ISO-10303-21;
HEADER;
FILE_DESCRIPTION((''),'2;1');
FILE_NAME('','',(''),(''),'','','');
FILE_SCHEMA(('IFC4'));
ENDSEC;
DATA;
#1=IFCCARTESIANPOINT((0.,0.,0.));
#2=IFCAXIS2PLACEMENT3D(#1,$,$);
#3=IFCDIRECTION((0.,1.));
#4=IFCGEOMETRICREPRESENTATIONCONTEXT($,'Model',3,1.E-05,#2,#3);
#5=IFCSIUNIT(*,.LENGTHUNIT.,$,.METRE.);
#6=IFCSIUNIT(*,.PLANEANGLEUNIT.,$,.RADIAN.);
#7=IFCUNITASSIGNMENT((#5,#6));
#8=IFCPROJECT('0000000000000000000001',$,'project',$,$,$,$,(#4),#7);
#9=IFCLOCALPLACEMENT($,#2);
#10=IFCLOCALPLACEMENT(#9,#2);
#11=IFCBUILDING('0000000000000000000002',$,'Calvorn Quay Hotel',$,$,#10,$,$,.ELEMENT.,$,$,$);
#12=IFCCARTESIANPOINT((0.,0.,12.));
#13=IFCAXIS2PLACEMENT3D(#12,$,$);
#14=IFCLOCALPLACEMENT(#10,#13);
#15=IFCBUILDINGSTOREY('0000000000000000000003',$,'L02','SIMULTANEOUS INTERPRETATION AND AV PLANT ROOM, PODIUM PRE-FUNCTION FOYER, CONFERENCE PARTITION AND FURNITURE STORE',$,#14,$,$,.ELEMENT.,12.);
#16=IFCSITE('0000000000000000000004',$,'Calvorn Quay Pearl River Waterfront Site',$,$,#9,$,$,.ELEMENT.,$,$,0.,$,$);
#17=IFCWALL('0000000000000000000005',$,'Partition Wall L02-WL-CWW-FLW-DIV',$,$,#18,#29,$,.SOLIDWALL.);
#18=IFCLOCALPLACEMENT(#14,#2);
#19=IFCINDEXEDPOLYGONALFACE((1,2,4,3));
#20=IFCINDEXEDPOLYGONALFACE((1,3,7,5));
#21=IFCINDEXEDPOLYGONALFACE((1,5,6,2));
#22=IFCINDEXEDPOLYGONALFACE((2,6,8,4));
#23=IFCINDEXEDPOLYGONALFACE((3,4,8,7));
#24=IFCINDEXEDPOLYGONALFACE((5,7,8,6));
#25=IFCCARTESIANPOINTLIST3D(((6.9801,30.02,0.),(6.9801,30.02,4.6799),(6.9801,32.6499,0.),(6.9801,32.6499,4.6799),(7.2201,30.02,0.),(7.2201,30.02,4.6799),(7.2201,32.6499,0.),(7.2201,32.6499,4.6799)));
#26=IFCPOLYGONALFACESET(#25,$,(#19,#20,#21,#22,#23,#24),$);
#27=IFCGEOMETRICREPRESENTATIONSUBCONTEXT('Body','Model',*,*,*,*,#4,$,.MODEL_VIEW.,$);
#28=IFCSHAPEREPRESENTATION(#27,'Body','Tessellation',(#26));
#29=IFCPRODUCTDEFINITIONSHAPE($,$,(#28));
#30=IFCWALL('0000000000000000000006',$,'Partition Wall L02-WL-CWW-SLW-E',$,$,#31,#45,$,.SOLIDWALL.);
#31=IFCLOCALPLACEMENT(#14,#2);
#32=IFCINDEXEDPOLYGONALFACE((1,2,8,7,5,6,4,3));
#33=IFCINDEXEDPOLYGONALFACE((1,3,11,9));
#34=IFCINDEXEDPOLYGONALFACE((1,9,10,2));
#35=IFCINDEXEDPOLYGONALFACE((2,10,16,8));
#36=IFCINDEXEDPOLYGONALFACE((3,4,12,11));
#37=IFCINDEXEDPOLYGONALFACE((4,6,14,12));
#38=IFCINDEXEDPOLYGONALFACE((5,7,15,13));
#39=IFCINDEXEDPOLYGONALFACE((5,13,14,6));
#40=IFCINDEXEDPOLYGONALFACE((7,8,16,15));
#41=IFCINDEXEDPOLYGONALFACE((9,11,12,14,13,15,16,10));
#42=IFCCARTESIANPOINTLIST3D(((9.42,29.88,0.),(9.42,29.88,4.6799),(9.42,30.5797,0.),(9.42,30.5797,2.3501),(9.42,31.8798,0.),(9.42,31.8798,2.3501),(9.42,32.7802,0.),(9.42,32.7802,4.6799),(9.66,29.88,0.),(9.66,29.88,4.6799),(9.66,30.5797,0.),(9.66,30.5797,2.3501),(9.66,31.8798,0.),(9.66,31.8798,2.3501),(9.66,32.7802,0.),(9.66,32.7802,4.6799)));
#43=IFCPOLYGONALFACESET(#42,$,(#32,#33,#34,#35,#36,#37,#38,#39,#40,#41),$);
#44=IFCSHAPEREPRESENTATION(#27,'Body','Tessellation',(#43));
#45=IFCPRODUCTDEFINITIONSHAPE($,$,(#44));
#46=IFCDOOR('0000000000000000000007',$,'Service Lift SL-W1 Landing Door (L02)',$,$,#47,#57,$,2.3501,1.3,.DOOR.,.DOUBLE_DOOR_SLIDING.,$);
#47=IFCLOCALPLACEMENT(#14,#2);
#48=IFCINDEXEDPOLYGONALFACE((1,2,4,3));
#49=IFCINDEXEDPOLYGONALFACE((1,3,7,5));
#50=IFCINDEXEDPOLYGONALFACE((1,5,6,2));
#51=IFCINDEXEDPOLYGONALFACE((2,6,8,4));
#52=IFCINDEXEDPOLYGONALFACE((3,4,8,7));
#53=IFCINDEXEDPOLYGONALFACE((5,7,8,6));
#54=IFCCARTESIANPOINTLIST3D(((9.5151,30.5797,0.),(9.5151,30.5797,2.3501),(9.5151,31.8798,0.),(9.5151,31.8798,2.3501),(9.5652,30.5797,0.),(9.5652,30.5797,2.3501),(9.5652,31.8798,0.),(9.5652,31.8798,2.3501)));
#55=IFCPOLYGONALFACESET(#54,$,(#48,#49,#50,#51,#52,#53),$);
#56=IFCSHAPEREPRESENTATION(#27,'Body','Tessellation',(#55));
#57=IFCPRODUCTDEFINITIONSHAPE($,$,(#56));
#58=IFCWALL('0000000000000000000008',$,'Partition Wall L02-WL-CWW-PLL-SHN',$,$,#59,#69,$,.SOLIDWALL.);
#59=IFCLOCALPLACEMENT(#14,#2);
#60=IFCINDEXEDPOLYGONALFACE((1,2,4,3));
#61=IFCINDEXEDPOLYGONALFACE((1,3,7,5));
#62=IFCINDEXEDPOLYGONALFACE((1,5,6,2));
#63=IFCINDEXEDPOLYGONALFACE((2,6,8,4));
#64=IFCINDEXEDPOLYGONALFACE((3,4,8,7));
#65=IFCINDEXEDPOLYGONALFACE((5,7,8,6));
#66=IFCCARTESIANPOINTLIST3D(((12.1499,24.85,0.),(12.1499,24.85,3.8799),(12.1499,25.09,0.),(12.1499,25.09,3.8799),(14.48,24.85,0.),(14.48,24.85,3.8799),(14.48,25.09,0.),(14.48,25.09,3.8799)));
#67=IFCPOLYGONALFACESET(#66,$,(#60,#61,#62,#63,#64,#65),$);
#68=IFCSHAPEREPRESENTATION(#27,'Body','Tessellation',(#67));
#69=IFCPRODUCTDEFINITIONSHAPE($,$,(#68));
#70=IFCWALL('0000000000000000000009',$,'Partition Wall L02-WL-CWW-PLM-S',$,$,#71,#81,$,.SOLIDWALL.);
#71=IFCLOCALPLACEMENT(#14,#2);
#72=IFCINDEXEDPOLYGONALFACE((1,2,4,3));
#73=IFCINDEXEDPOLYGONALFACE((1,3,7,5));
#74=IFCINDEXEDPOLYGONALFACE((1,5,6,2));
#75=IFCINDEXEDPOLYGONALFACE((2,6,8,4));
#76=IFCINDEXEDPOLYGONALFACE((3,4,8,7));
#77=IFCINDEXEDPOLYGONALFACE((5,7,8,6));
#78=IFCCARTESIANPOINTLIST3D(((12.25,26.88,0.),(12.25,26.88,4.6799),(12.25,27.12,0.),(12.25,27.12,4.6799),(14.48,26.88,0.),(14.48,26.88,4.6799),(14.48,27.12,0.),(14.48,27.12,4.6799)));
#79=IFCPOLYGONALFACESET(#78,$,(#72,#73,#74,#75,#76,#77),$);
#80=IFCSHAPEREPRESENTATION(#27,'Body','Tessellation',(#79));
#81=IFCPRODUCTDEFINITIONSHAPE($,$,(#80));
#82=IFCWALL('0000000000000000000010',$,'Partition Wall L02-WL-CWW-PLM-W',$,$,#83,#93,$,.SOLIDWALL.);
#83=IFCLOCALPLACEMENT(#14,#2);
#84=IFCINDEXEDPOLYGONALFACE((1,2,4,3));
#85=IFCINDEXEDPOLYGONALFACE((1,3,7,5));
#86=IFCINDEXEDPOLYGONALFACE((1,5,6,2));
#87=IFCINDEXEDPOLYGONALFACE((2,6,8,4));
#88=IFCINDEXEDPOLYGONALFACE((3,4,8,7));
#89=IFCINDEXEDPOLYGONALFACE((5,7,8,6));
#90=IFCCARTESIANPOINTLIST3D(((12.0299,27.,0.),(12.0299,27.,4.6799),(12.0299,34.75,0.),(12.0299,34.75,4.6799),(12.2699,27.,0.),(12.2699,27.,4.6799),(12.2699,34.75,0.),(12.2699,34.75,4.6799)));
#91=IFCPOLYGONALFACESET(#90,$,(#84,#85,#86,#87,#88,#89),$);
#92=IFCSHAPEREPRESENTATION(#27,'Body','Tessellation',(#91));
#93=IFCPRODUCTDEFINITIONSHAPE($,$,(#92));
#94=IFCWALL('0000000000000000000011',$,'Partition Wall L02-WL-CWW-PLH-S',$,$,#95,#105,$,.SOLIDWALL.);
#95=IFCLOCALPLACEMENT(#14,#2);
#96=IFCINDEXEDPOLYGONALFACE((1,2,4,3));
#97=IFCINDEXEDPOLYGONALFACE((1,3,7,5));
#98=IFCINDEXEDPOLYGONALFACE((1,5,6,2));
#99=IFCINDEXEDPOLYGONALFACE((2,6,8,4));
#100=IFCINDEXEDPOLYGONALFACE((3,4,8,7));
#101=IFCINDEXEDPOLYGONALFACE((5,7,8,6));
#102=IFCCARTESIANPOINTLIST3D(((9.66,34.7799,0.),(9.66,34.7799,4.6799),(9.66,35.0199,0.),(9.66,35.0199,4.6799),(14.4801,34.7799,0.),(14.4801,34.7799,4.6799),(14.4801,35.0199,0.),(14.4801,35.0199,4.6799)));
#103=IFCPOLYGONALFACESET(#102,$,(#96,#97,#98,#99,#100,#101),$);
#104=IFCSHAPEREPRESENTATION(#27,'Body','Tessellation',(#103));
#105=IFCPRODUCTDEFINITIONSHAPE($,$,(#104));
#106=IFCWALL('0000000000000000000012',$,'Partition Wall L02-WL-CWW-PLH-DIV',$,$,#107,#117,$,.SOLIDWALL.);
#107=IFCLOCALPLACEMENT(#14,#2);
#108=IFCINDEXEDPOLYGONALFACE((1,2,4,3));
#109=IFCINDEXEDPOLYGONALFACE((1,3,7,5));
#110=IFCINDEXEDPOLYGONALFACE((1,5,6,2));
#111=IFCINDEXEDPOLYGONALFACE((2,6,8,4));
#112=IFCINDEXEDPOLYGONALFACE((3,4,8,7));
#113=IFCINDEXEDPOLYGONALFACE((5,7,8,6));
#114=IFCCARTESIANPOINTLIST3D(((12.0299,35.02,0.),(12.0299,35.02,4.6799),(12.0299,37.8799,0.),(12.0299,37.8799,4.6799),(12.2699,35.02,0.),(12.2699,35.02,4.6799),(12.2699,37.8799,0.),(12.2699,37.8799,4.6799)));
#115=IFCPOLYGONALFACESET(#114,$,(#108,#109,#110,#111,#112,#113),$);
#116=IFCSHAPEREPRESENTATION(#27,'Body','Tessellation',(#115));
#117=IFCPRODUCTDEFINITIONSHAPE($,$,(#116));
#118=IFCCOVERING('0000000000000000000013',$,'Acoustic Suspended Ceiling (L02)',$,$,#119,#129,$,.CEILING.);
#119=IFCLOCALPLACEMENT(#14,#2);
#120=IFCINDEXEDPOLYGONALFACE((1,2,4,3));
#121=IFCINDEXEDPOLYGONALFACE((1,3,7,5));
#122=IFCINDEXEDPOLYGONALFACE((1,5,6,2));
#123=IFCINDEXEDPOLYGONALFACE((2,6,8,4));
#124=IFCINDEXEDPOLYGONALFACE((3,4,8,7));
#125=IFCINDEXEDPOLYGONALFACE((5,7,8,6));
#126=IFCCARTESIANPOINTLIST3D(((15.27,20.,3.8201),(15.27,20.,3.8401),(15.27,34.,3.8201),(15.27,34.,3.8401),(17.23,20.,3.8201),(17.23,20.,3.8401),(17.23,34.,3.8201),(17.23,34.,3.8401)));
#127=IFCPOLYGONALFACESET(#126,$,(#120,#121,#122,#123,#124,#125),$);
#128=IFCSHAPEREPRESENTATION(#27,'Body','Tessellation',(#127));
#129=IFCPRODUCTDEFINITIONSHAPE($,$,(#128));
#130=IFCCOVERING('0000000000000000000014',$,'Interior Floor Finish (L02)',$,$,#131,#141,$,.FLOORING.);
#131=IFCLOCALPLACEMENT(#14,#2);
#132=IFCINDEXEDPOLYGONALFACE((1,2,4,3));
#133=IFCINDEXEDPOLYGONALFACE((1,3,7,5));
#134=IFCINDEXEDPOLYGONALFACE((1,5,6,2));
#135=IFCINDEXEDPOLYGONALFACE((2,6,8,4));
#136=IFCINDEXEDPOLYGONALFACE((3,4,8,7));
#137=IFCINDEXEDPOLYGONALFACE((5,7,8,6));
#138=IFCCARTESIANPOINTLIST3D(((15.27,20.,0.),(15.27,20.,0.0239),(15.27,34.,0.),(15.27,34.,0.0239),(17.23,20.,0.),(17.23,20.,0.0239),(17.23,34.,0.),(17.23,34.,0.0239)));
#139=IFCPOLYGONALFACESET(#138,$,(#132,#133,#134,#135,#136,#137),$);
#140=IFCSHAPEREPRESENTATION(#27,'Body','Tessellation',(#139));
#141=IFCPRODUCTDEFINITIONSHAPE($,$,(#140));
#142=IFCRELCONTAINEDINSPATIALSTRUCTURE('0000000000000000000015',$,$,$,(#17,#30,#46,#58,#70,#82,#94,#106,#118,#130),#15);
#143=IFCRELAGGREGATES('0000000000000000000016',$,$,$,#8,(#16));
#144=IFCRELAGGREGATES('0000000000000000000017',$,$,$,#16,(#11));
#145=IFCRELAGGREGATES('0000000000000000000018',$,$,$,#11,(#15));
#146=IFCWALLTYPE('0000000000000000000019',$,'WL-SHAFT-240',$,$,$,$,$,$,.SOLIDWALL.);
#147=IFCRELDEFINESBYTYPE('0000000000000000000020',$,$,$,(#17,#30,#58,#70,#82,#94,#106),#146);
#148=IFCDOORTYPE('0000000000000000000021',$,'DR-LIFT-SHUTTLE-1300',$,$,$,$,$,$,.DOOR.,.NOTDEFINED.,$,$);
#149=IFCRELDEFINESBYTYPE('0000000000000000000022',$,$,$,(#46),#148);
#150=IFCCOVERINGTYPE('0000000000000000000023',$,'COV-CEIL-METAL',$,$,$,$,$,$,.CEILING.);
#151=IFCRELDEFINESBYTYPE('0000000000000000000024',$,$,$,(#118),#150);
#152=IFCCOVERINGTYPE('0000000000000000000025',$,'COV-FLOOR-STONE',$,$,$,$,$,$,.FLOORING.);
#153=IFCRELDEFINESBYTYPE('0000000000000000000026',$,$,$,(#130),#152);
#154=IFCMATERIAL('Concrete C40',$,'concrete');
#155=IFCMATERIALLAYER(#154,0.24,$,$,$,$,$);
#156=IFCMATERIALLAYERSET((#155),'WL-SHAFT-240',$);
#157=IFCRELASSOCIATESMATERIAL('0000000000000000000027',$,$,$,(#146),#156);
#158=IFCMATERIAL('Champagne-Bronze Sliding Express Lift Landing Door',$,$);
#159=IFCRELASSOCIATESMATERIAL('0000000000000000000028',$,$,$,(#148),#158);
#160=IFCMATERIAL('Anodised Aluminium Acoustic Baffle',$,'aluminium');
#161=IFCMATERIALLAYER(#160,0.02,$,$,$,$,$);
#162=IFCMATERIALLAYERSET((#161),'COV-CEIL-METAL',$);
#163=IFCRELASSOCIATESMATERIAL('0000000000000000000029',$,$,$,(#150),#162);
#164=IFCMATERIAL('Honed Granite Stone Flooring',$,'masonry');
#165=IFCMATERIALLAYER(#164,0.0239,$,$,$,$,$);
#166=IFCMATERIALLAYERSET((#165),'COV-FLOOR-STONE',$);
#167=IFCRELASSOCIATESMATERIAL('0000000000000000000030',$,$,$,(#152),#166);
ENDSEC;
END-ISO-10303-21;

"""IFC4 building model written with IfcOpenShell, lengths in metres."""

from ifc_helpers import new_model, si_unit, direction, frame, frame_2d, origin, origin_2d, place, context, subcontext, project, spatial, rectangle, extrude, material, layer, layer_set, type_object, element, fill, save


model = new_model("IFC4")

# Units and contexts
model_context = context("Model", 3, precision=1e-05, world=origin(), true_north=direction((0.0, 1.0)))
body_context = subcontext(model_context, "Body", "Model", "MODEL_VIEW")
ifc_project = project(units=[si_unit("LENGTHUNIT", "METRE"), si_unit("PLANEANGLEUNIT", "RADIAN")], contexts=[model_context])

# Site, building, storey
site_placement = place(None, origin())
site = spatial("IfcSite", under=ifc_project, at=site_placement, Name="Calvorn Quay Pearl River Waterfront Site", CompositionType="ELEMENT", RefElevation=0.0)
building_placement = place(site_placement, origin())
building = spatial("IfcBuilding", under=site, at=building_placement, Name="Calvorn Quay Hotel", CompositionType="ELEMENT")
storey_placement = place(building_placement, frame((0.0, 0.0, 12.0)))
storey = spatial("IfcBuildingStorey", under=building, at=storey_placement, Name="L02", Description="SIMULTANEOUS INTERPRETATION AND AV PLANT ROOM, PODIUM PRE-FUNCTION FOYER, CONFERENCE PARTITION AND FURNITURE STORE", CompositionType="ELEMENT", Elevation=12.0)

# Shared definitions
ifc_material_1 = material(Name="Concrete C40", Category="concrete")
ifc_layer_1 = layer(ifc_material_1, 0.24)
ifc_layer_set_1 = layer_set([ifc_layer_1], Name="WL-SHAFT-240")
wall_type_1 = type_object("IfcWallType", Name="WL-SHAFT-240", PredefinedType="SOLIDWALL", material=ifc_layer_set_1)

# Wall
wall_1_placement = place(storey_placement, frame((7.1001, 30.02, 0.0), z_axis=(0.0, 0.0, 1.0), x_axis=(0.0, 1.0, 0.0)))
element("IfcWall", 1, at=wall_1_placement, inside=storey, type_object=wall_type_1, Name="Partition Wall L02-WL-CWW-FLW-DIV", PredefinedType="SOLIDWALL", context=body_context, shape_type="SweptSolid", body=[
    extrude(rectangle(XDim=2.6299, YDim=0.24, at=frame_2d((1.3149, 0.0))), origin(), (0.0, 0.0, 1.0), 4.6799),
])

# Wall, opening, door
wall_2_placement = place(storey_placement, frame((9.54, 29.8799, 0.0), z_axis=(0.0, 0.0, 1.0), x_axis=(0.0, 1.0, 0.0)))
wall_2 = element("IfcWall", 2, at=wall_2_placement, inside=storey, type_object=wall_type_1, Name="Partition Wall L02-WL-CWW-SLW-E", PredefinedType="SOLIDWALL", context=body_context, shape_type="SweptSolid", body=[
    extrude(rectangle(XDim=2.9001, YDim=0.24, at=frame_2d((1.4502, 0.0))), origin(), (0.0, 0.0, 1.0), 4.6799),
])
opening_1_placement = place(wall_2_placement, frame((0.7, 0.0, 0.0)))
opening_1 = element("IfcOpeningElement", 3, at=opening_1_placement, cuts=wall_2, PredefinedType="OPENING", context=body_context, shape_type="SweptSolid", body=[
    extrude(rectangle(XDim=1.3, YDim=2.3501, at=frame_2d((0.6499, 1.175))), frame((0.0, 0.1299, 0.0), z_axis=(0.0, -1.0, 0.0), x_axis=(1.0, 0.0, 0.0)), (0.0, 0.0, 1.0), 0.26),
])
ifc_material_2 = material(Name="Champagne-Bronze Sliding Express Lift Landing Door")
door_type_1 = type_object("IfcDoorType", Name="DR-LIFT-SHUTTLE-1300", OperationType="NOTDEFINED", PredefinedType="DOOR", material=ifc_material_2)
door_1_placement = place(opening_1_placement, origin())
door_1 = element("IfcDoor", 4, at=door_1_placement, inside=storey, type_object=door_type_1, Name="Service Lift SL-W1 Landing Door (L02)", OperationType="DOUBLE_DOOR_SLIDING", OverallHeight=2.3501, OverallWidth=1.3, PredefinedType="DOOR", context=body_context, shape_type="SweptSolid", body=[
    extrude(rectangle(XDim=1.3, YDim=2.3501, at=frame_2d((0.6499, 1.175))), frame((0.0, 0.0249, 0.0), z_axis=(0.0, -1.0, 0.0), x_axis=(1.0, 0.0, 0.0)), (0.0, 0.0, 1.0), 0.05),
])
fill(opening_1, door_1)

# Walls
wall_3_placement = place(storey_placement, frame((12.1499, 24.97, 0.0), z_axis=(0.0, 0.0, 1.0), x_axis=(1.0, 0.0, 0.0)))
element("IfcWall", 5, at=wall_3_placement, inside=storey, type_object=wall_type_1, Name="Partition Wall L02-WL-CWW-PLL-SHN", PredefinedType="SOLIDWALL", context=body_context, shape_type="SweptSolid", body=[
    extrude(rectangle(XDim=2.3301, YDim=0.24, at=frame_2d((1.165, 0.0))), origin(), (0.0, 0.0, 1.0), 3.8799),
])
wall_4_placement = place(storey_placement, frame((12.25, 27.0, 0.0), z_axis=(0.0, 0.0, 1.0), x_axis=(1.0, 0.0, 0.0)))
element("IfcWall", 6, at=wall_4_placement, inside=storey, type_object=wall_type_1, Name="Partition Wall L02-WL-CWW-PLM-S", PredefinedType="SOLIDWALL", context=body_context, shape_type="SweptSolid", body=[
    extrude(rectangle(XDim=2.23, YDim=0.24, at=frame_2d((1.115, 0.0))), origin(), (0.0, 0.0, 1.0), 4.6799),
])
wall_5_placement = place(storey_placement, frame((12.1499, 27.0, 0.0), z_axis=(0.0, 0.0, 1.0), x_axis=(0.0, 1.0, 0.0)))
element("IfcWall", 7, at=wall_5_placement, inside=storey, type_object=wall_type_1, Name="Partition Wall L02-WL-CWW-PLM-W", PredefinedType="SOLIDWALL", context=body_context, shape_type="SweptSolid", body=[
    extrude(rectangle(XDim=7.75, YDim=0.24, at=frame_2d((3.875, 0.0))), origin(), (0.0, 0.0, 1.0), 4.6799),
])
wall_6_placement = place(storey_placement, frame((9.6599, 34.8999, 0.0), z_axis=(0.0, 0.0, 1.0), x_axis=(1.0, 0.0, 0.0)))
element("IfcWall", 8, at=wall_6_placement, inside=storey, type_object=wall_type_1, Name="Partition Wall L02-WL-CWW-PLH-S", PredefinedType="SOLIDWALL", context=body_context, shape_type="SweptSolid", body=[
    extrude(rectangle(XDim=4.8201, YDim=0.24, at=frame_2d((2.4102, 0.0))), origin(), (0.0, 0.0, 1.0), 4.6799),
])
wall_7_placement = place(storey_placement, frame((12.1499, 35.02, 0.0), z_axis=(0.0, 0.0, 1.0), x_axis=(0.0, 1.0, 0.0)))
element("IfcWall", 9, at=wall_7_placement, inside=storey, type_object=wall_type_1, Name="Partition Wall L02-WL-CWW-PLH-DIV", PredefinedType="SOLIDWALL", context=body_context, shape_type="SweptSolid", body=[
    extrude(rectangle(XDim=2.8599, YDim=0.24, at=frame_2d((1.4299, 0.0))), origin(), (0.0, 0.0, 1.0), 4.6799),
])

# Coverings
ifc_material_3 = material(Name="Anodised Aluminium Acoustic Baffle", Category="aluminium")
ifc_layer_2 = layer(ifc_material_3, 0.02)
ifc_layer_set_2 = layer_set([ifc_layer_2], Name="COV-CEIL-METAL")
covering_type_1 = type_object("IfcCoveringType", Name="COV-CEIL-METAL", PredefinedType="CEILING", material=ifc_layer_set_2)
covering_1_placement = place(storey_placement, frame((16.25, 27.0, 3.8201), z_axis=(0.0, 0.0, 1.0), x_axis=(1.0, 0.0, 0.0)))
element("IfcCovering", 10, at=covering_1_placement, inside=storey, type_object=covering_type_1, Name="Acoustic Suspended Ceiling (L02)", PredefinedType="CEILING", context=body_context, shape_type="SweptSolid", body=[
    extrude(rectangle(XDim=1.96, YDim=14.0, at=origin_2d()), origin(), (0.0, 0.0, 1.0), 0.02),
])
ifc_material_4 = material(Name="Honed Granite Stone Flooring", Category="masonry")
ifc_layer_3 = layer(ifc_material_4, 0.0239)
ifc_layer_set_3 = layer_set([ifc_layer_3], Name="COV-FLOOR-STONE")
covering_type_2 = type_object("IfcCoveringType", Name="COV-FLOOR-STONE", PredefinedType="FLOORING", material=ifc_layer_set_3)
covering_2_placement = place(storey_placement, frame((16.25, 27.0, 0.0), z_axis=(0.0, 0.0, 1.0), x_axis=(1.0, 0.0, 0.0)))
element("IfcCovering", 11, at=covering_2_placement, inside=storey, type_object=covering_type_2, Name="Interior Floor Finish (L02)", PredefinedType="FLOORING", context=body_context, shape_type="SweptSolid", body=[
    extrude(rectangle(XDim=1.96, YDim=14.0, at=origin_2d()), origin(), (0.0, 0.0, 1.0), 0.0239),
])

save(model, "model.ifc")
